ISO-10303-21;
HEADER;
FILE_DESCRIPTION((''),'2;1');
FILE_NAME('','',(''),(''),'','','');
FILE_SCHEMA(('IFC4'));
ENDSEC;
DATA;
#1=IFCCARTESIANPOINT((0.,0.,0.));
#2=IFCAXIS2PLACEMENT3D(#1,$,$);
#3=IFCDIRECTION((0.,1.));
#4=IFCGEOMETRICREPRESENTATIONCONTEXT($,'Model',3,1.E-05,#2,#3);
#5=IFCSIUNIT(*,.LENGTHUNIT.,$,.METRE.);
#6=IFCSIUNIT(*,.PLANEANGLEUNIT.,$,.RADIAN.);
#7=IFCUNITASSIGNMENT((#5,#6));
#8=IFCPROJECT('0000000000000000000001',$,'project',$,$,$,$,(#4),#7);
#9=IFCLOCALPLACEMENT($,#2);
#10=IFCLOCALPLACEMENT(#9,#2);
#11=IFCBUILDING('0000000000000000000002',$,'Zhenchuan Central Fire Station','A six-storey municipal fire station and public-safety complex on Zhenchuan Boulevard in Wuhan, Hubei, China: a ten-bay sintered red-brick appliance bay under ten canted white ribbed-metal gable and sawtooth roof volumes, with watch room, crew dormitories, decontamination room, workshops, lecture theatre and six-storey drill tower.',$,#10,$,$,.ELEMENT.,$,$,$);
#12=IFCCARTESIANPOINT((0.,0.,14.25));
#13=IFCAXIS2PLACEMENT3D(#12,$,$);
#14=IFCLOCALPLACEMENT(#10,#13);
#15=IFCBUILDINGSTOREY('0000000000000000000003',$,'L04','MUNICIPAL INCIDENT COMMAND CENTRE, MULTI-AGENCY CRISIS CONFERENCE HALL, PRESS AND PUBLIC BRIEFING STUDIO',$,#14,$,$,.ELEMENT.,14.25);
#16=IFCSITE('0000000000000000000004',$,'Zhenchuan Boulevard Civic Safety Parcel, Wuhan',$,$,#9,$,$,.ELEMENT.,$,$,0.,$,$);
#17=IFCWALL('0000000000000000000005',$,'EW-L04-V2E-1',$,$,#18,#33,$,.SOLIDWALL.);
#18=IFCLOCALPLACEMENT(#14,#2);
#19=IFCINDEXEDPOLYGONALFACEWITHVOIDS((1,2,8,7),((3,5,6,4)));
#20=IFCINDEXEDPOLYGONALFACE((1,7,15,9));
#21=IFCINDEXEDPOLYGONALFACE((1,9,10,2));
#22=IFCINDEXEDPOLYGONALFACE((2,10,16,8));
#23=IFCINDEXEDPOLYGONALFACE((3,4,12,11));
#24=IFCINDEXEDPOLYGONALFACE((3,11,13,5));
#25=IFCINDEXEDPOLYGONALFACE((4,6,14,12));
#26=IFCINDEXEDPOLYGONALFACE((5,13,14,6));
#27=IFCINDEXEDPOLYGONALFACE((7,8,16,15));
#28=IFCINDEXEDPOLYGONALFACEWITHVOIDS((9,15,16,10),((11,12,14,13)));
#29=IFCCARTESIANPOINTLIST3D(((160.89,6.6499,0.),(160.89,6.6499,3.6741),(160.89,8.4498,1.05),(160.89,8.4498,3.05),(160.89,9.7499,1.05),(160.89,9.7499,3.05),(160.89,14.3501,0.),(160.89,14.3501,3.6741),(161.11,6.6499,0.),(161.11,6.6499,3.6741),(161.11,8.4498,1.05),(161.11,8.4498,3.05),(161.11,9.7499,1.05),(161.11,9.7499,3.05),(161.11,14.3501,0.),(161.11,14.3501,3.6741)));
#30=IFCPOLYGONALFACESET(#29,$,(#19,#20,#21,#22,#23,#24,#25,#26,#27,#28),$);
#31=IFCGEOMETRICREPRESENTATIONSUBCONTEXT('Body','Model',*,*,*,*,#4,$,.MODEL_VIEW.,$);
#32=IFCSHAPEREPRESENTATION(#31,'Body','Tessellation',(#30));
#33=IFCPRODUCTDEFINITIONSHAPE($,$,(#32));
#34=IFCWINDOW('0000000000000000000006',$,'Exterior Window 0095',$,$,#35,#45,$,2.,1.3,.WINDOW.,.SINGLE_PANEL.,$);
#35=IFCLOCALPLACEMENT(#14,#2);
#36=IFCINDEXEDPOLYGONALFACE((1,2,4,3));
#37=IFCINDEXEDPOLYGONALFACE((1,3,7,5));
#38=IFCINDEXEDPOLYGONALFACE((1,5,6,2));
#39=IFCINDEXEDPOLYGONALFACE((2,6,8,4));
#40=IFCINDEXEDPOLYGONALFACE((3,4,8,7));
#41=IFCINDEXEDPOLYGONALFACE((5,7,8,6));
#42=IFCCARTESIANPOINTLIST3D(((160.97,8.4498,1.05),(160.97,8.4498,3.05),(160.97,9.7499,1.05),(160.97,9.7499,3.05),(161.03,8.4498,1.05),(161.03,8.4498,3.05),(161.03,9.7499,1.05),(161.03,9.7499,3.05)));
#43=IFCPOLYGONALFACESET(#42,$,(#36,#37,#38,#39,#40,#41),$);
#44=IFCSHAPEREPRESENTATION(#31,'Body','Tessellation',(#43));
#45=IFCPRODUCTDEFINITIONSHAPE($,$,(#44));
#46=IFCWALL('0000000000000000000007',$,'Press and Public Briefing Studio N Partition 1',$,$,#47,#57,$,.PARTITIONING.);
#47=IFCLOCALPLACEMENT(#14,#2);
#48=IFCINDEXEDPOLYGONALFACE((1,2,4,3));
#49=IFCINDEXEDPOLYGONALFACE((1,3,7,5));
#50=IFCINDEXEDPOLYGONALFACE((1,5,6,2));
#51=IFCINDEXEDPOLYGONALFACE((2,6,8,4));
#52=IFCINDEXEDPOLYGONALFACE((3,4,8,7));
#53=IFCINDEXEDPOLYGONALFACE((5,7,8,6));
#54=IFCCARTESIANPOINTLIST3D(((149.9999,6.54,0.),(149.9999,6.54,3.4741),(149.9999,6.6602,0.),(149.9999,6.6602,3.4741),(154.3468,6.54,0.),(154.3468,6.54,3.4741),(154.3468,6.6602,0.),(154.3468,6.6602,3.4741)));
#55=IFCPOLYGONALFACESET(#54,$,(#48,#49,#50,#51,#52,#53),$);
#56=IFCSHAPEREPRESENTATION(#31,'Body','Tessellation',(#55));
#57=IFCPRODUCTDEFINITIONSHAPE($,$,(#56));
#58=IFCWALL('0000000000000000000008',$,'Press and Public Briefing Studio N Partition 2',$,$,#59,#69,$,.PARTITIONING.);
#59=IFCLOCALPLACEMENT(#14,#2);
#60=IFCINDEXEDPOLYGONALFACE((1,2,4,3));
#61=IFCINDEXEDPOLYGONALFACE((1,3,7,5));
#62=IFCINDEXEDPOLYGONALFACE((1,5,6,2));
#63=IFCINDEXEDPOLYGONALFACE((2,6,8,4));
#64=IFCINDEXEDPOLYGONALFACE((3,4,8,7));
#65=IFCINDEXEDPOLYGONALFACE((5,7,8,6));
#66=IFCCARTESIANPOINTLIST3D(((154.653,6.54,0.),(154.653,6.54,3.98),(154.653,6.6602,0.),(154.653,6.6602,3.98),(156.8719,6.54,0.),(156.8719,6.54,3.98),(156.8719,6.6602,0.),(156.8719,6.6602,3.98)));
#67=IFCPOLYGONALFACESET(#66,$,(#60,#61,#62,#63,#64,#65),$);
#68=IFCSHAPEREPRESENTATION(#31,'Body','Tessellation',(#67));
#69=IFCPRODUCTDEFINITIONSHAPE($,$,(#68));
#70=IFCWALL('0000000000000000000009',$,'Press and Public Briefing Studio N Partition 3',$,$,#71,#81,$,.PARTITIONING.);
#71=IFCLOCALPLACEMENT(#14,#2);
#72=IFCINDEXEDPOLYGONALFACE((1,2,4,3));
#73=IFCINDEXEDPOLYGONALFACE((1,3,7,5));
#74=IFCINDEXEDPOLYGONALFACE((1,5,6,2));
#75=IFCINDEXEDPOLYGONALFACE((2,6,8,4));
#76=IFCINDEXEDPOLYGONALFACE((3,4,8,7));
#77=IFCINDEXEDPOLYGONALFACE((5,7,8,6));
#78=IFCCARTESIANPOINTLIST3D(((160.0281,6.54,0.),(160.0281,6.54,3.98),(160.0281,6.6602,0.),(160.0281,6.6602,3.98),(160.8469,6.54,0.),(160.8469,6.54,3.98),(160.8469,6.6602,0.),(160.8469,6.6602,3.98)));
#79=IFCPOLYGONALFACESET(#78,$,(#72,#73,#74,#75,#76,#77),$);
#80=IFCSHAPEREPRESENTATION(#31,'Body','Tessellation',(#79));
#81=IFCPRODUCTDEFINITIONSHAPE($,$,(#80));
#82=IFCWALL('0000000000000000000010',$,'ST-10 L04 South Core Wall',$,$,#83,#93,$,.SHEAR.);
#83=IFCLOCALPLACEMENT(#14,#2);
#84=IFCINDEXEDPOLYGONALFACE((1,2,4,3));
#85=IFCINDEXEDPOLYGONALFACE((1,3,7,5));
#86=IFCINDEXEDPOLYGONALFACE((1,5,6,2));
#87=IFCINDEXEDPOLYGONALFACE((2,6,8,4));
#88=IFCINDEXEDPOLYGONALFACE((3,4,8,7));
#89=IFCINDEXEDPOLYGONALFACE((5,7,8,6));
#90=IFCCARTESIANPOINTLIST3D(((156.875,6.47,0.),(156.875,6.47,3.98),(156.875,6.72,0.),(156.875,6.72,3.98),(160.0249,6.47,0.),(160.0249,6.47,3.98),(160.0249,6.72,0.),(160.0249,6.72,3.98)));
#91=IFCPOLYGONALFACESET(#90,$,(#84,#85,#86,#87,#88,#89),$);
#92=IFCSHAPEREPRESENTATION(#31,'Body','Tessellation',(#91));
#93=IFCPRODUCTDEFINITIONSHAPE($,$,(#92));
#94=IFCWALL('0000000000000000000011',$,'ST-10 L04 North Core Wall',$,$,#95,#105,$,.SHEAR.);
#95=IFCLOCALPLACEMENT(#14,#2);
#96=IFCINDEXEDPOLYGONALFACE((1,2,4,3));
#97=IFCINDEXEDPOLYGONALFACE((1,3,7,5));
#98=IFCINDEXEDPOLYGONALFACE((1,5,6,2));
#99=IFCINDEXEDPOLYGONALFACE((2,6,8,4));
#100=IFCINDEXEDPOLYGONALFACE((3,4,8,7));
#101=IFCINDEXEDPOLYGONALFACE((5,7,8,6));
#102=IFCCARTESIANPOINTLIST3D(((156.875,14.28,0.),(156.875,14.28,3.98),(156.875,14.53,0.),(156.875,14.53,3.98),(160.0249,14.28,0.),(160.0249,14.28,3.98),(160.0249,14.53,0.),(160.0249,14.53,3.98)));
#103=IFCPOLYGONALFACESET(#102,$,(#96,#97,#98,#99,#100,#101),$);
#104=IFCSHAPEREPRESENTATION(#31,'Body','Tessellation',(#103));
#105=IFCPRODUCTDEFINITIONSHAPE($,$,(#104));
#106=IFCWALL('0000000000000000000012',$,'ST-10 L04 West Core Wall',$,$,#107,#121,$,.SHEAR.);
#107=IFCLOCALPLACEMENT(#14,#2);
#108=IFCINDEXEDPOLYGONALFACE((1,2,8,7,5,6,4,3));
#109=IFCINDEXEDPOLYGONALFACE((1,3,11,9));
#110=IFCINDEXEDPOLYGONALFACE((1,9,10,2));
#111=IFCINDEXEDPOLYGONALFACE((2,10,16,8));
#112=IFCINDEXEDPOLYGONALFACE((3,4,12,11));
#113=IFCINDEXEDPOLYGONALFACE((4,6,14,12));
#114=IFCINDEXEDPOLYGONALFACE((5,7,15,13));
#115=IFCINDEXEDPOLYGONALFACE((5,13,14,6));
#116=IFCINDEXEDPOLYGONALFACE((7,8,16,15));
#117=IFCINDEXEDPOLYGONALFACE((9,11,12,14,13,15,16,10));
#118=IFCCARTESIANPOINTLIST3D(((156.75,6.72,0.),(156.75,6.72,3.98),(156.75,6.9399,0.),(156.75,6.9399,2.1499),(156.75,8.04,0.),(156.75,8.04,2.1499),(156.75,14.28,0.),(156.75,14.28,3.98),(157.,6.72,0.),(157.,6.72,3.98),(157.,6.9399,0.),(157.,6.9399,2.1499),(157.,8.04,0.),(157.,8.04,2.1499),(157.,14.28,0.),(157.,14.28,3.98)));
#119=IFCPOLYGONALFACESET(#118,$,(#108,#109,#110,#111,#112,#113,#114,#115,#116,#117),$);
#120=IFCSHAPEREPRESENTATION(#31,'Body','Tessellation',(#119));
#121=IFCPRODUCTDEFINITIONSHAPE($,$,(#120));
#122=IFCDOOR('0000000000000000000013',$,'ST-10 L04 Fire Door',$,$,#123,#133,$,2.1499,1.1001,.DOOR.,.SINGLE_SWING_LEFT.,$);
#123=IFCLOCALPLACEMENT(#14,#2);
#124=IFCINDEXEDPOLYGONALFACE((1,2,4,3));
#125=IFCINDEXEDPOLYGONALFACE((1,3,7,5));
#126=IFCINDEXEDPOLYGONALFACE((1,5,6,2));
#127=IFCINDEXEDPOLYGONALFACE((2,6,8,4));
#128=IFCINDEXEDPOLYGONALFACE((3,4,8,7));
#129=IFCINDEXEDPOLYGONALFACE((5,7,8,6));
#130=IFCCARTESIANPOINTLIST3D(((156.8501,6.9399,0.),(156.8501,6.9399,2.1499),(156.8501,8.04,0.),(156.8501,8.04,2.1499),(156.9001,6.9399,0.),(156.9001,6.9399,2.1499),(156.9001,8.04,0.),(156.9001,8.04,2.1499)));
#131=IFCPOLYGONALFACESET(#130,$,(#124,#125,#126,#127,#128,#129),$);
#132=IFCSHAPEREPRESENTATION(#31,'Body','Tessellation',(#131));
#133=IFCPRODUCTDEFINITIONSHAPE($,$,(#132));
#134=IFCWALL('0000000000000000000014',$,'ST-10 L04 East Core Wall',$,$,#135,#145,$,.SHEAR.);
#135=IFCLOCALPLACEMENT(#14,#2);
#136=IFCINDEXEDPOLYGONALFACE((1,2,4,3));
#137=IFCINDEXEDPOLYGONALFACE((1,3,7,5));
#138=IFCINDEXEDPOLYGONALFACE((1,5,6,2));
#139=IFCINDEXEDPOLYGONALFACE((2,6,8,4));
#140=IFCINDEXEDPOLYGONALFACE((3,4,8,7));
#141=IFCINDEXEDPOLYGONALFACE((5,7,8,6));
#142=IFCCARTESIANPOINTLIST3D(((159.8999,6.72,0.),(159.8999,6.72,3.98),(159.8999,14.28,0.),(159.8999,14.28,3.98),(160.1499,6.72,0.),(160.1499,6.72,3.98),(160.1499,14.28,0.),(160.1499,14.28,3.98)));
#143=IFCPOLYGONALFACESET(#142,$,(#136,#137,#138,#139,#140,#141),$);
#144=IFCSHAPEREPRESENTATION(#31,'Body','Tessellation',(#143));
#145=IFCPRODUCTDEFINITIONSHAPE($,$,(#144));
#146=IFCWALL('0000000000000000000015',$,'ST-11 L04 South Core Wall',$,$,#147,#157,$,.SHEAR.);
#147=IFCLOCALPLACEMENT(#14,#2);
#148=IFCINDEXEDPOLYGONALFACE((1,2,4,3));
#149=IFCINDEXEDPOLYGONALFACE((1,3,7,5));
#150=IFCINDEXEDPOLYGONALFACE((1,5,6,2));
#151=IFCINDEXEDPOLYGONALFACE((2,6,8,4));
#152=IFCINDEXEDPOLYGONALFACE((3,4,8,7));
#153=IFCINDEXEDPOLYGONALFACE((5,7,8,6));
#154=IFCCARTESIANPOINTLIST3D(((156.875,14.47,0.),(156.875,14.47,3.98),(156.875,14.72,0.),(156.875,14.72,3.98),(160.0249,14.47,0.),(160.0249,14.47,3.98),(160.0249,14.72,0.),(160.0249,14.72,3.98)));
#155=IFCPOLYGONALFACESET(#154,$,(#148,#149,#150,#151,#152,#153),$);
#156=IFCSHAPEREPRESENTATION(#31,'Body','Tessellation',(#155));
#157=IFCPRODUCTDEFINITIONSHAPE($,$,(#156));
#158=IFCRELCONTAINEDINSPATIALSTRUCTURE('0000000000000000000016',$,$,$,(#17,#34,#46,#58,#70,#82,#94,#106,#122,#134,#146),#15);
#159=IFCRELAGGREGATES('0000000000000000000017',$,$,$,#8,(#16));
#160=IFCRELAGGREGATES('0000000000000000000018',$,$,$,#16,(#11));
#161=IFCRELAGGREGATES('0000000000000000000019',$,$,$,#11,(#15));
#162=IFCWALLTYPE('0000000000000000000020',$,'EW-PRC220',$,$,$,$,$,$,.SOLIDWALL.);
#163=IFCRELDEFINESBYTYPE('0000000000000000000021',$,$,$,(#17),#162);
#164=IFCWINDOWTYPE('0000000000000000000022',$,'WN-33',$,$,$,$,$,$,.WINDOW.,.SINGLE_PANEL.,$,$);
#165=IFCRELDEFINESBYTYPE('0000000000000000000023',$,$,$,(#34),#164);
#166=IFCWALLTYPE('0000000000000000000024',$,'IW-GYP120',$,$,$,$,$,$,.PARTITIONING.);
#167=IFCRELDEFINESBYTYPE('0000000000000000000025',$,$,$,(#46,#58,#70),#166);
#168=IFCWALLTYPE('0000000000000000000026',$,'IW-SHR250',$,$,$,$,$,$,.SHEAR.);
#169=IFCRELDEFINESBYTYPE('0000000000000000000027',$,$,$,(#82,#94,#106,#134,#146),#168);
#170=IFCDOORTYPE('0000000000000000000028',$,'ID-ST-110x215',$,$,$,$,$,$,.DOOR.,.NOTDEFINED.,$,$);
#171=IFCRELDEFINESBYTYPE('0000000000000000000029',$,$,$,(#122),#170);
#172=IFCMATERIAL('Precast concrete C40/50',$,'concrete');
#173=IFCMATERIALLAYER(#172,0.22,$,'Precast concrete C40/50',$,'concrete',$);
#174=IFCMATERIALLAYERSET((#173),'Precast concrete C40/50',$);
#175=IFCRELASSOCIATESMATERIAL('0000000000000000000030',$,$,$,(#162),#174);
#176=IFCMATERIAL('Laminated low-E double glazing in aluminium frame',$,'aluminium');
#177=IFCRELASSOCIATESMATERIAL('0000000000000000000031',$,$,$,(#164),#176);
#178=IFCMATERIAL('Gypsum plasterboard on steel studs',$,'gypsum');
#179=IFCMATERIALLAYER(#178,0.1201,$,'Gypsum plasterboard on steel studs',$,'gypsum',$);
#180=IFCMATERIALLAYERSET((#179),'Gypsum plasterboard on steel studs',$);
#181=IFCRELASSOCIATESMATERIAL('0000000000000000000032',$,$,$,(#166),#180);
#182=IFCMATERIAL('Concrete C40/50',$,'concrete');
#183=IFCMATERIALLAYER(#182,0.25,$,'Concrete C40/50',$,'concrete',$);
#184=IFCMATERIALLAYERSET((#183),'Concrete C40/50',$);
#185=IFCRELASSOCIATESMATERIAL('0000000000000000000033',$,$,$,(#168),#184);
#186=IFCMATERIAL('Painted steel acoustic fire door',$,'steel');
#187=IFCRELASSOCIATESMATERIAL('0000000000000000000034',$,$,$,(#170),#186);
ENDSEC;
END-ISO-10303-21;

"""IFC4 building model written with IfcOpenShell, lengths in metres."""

from ifc_helpers import new_model, si_unit, direction, frame, frame_2d, origin, place, context, subcontext, project, spatial, rectangle, extrude, material, layer, layer_set, type_object, element, fill, save


model = new_model("IFC4")

# Units and contexts
model_context = context("Model", 3, precision=1e-05, world=origin(), true_north=direction((0.0, 1.0)))
body_context = subcontext(model_context, "Body", "Model", "MODEL_VIEW")
ifc_project = project(units=[si_unit("LENGTHUNIT", "METRE"), si_unit("PLANEANGLEUNIT", "RADIAN")], contexts=[model_context])

# Site, building, storey
site_placement = place(None, origin())
site = spatial("IfcSite", under=ifc_project, at=site_placement, Name="Zhenchuan Boulevard Civic Safety Parcel, Wuhan", CompositionType="ELEMENT", RefElevation=0.0)
building_placement = place(site_placement, origin())
building = spatial("IfcBuilding", under=site, at=building_placement, Name="Zhenchuan Central Fire Station", Description="A six-storey municipal fire station and public-safety complex on Zhenchuan Boulevard in Wuhan, Hubei, China: a ten-bay sintered red-brick appliance bay under ten canted white ribbed-metal gable and sawtooth roof volumes, with watch room, crew dormitories, decontamination room, workshops, lecture theatre and six-storey drill tower.", CompositionType="ELEMENT")
storey_placement = place(building_placement, frame((0.0, 0.0, 14.25)))
storey = spatial("IfcBuildingStorey", under=building, at=storey_placement, Name="L04", Description="MUNICIPAL INCIDENT COMMAND CENTRE, MULTI-AGENCY CRISIS CONFERENCE HALL, PRESS AND PUBLIC BRIEFING STUDIO", CompositionType="ELEMENT", Elevation=14.25)

# Wall, opening, window
ifc_material_1 = material(Name="Precast concrete C40/50", Category="concrete")
ifc_layer_1 = layer(ifc_material_1, 0.22, Name="Precast concrete C40/50", Category="concrete")
ifc_layer_set_1 = layer_set([ifc_layer_1], Name="Precast concrete C40/50")
wall_type_1 = type_object("IfcWallType", Name="EW-PRC220", PredefinedType="SOLIDWALL", material=ifc_layer_set_1)
wall_1_placement = place(storey_placement, frame((161.0, 6.6499, 0.0), z_axis=(0.0, 0.0, 1.0), x_axis=(0.0, 1.0, 0.0)))
wall_1 = element("IfcWall", 1, at=wall_1_placement, inside=storey, type_object=wall_type_1, Name="EW-L04-V2E-1", PredefinedType="SOLIDWALL", context=body_context, shape_type="SweptSolid", body=[
    extrude(rectangle(XDim=7.7002, YDim=0.22, at=frame_2d((3.8501, 0.0))), origin(), (0.0, 0.0, 1.0), 3.6741),
])
opening_1_placement = place(wall_1_placement, frame((1.8, 0.0, 1.05)))
opening_1 = element("IfcOpeningElement", 2, at=opening_1_placement, cuts=wall_1, PredefinedType="OPENING", context=body_context, shape_type="SweptSolid", body=[
    extrude(rectangle(XDim=1.3, YDim=2.0, at=frame_2d((0.6499, 1.0))), frame((0.0, 0.1199, 0.0), z_axis=(0.0, -1.0, 0.0), x_axis=(1.0, 0.0, 0.0)), (0.0, 0.0, 1.0), 0.24),
])
ifc_material_2 = material(Name="Laminated low-E double glazing in aluminium frame", Category="aluminium")
window_type = type_object("IfcWindowType", Name="WN-33", PartitioningType="SINGLE_PANEL", PredefinedType="WINDOW", material=ifc_material_2)
window_placement = place(opening_1_placement, origin())
window = element("IfcWindow", 3, at=window_placement, inside=storey, type_object=window_type, Name="Exterior Window 0095", OverallHeight=2.0, OverallWidth=1.3, PartitioningType="SINGLE_PANEL", PredefinedType="WINDOW", context=body_context, shape_type="SweptSolid", body=[
    extrude(rectangle(XDim=1.3, YDim=2.0, at=frame_2d((0.6499, 1.0))), frame((0.0, 0.03, 0.0), z_axis=(0.0, -1.0, 0.0), x_axis=(1.0, 0.0, 0.0)), (0.0, 0.0, 1.0), 0.0601),
])
fill(opening_1, window)

# Walls
ifc_material_3 = material(Name="Gypsum plasterboard on steel studs", Category="gypsum")
ifc_layer_2 = layer(ifc_material_3, 0.1201, Name="Gypsum plasterboard on steel studs", Category="gypsum")
ifc_layer_set_2 = layer_set([ifc_layer_2], Name="Gypsum plasterboard on steel studs")
wall_type_2 = type_object("IfcWallType", Name="IW-GYP120", PredefinedType="PARTITIONING", material=ifc_layer_set_2)
wall_2_placement = place(storey_placement, frame((150.0, 6.6001, 0.0), z_axis=(0.0, 0.0, 1.0), x_axis=(1.0, 0.0, 0.0)))
element("IfcWall", 4, at=wall_2_placement, inside=storey, type_object=wall_type_2, Name="Press and Public Briefing Studio N Partition 1", PredefinedType="PARTITIONING", context=body_context, shape_type="SweptSolid", body=[
    extrude(rectangle(XDim=4.3469, YDim=0.1201, at=frame_2d((2.1733, 0.0))), origin(), (0.0, 0.0, 1.0), 3.4741),
])
wall_3_placement = place(storey_placement, frame((154.6531, 6.6001, 0.0), z_axis=(0.0, 0.0, 1.0), x_axis=(1.0, 0.0, 0.0)))
element("IfcWall", 5, at=wall_3_placement, inside=storey, type_object=wall_type_2, Name="Press and Public Briefing Studio N Partition 2", PredefinedType="PARTITIONING", context=body_context, shape_type="SweptSolid", body=[
    extrude(rectangle(XDim=2.219, YDim=0.1201, at=frame_2d((1.1094, 0.0))), origin(), (0.0, 0.0, 1.0), 3.98),
])
wall_4_placement = place(storey_placement, frame((160.0281, 6.6001, 0.0), z_axis=(0.0, 0.0, 1.0), x_axis=(1.0, 0.0, 0.0)))
element("IfcWall", 6, at=wall_4_placement, inside=storey, type_object=wall_type_2, Name="Press and Public Briefing Studio N Partition 3", PredefinedType="PARTITIONING", context=body_context, shape_type="SweptSolid", body=[
    extrude(rectangle(XDim=0.8188, YDim=0.1201, at=frame_2d((0.4094, 0.0))), origin(), (0.0, 0.0, 1.0), 3.98),
])
ifc_material_4 = material(Name="Concrete C40/50", Category="concrete")
ifc_layer_3 = layer(ifc_material_4, 0.25, Name="Concrete C40/50", Category="concrete")
ifc_layer_set_3 = layer_set([ifc_layer_3], Name="Concrete C40/50")
wall_type_3 = type_object("IfcWallType", Name="IW-SHR250", PredefinedType="SHEAR", material=ifc_layer_set_3)
for number, where, z_axis, x_axis, name in (
    (7, (156.875, 6.595, 0.0), (0.0, 0.0, 1.0), (1.0, 0.0, 0.0), "ST-10 L04 South Core Wall"),
    (8, (156.875, 14.405, 0.0), (0.0, 0.0, 1.0), (1.0, 0.0, 0.0), "ST-10 L04 North Core Wall"),
):
    element("IfcWall", number, at=place(storey_placement, frame(where, z_axis=z_axis, x_axis=x_axis)), inside=storey, type_object=wall_type_3, Name=name, PredefinedType="SHEAR", context=body_context, shape_type="SweptSolid", body=[
        extrude(rectangle(XDim=3.1499, YDim=0.25, at=frame_2d((1.575, 0.0))), origin(), (0.0, 0.0, 1.0), 3.98),
    ])

# Wall, opening, door
wall_5_placement = place(storey_placement, frame((156.875, 6.72, 0.0), z_axis=(0.0, 0.0, 1.0), x_axis=(0.0, 1.0, 0.0)))
wall_5 = element("IfcWall", 9, at=wall_5_placement, inside=storey, type_object=wall_type_3, Name="ST-10 L04 West Core Wall", PredefinedType="SHEAR", context=body_context, shape_type="SweptSolid", body=[
    extrude(rectangle(XDim=7.5601, YDim=0.25, at=frame_2d((3.78, 0.0))), origin(), (0.0, 0.0, 1.0), 3.98),
])
opening_2_placement = place(wall_5_placement, frame((0.22, 0.0, 0.0)))
opening_2 = element("IfcOpeningElement", 10, at=opening_2_placement, cuts=wall_5, PredefinedType="OPENING", context=body_context, shape_type="SweptSolid", body=[
    extrude(rectangle(XDim=1.1001, YDim=2.1499, at=frame_2d((0.55, 1.075))), frame((0.0, 0.135, 0.0), z_axis=(0.0, -1.0, 0.0), x_axis=(1.0, 0.0, 0.0)), (0.0, 0.0, 1.0), 0.27),
])
ifc_material_5 = material(Name="Painted steel acoustic fire door", Category="steel")
door_type = type_object("IfcDoorType", Name="ID-ST-110x215", OperationType="NOTDEFINED", PredefinedType="DOOR", material=ifc_material_5)
door_placement = place(opening_2_placement, origin())
door = element("IfcDoor", 11, at=door_placement, inside=storey, type_object=door_type, Name="ST-10 L04 Fire Door", OperationType="SINGLE_SWING_LEFT", OverallHeight=2.1499, OverallWidth=1.1001, PredefinedType="DOOR", context=body_context, shape_type="SweptSolid", body=[
    extrude(rectangle(XDim=1.1001, YDim=2.1499, at=frame_2d((0.55, 1.075))), frame((0.0, 0.0249, 0.0), z_axis=(0.0, -1.0, 0.0), x_axis=(1.0, 0.0, 0.0)), (0.0, 0.0, 1.0), 0.05),
])
fill(opening_2, door)

# Walls
wall_6_placement = place(storey_placement, frame((160.0249, 6.72, 0.0), z_axis=(0.0, 0.0, 1.0), x_axis=(0.0, 1.0, 0.0)))
element("IfcWall", 12, at=wall_6_placement, inside=storey, type_object=wall_type_3, Name="ST-10 L04 East Core Wall", PredefinedType="SHEAR", context=body_context, shape_type="SweptSolid", body=[
    extrude(rectangle(XDim=7.5601, YDim=0.25, at=frame_2d((3.78, 0.0))), origin(), (0.0, 0.0, 1.0), 3.98),
])
wall_7_placement = place(storey_placement, frame((156.875, 14.595, 0.0), z_axis=(0.0, 0.0, 1.0), x_axis=(1.0, 0.0, 0.0)))
element("IfcWall", 13, at=wall_7_placement, inside=storey, type_object=wall_type_3, Name="ST-11 L04 South Core Wall", PredefinedType="SHEAR", context=body_context, shape_type="SweptSolid", body=[
    extrude(rectangle(XDim=3.1499, YDim=0.25, at=frame_2d((1.575, 0.0))), origin(), (0.0, 0.0, 1.0), 3.98),
])

save(model, "model.ifc")
